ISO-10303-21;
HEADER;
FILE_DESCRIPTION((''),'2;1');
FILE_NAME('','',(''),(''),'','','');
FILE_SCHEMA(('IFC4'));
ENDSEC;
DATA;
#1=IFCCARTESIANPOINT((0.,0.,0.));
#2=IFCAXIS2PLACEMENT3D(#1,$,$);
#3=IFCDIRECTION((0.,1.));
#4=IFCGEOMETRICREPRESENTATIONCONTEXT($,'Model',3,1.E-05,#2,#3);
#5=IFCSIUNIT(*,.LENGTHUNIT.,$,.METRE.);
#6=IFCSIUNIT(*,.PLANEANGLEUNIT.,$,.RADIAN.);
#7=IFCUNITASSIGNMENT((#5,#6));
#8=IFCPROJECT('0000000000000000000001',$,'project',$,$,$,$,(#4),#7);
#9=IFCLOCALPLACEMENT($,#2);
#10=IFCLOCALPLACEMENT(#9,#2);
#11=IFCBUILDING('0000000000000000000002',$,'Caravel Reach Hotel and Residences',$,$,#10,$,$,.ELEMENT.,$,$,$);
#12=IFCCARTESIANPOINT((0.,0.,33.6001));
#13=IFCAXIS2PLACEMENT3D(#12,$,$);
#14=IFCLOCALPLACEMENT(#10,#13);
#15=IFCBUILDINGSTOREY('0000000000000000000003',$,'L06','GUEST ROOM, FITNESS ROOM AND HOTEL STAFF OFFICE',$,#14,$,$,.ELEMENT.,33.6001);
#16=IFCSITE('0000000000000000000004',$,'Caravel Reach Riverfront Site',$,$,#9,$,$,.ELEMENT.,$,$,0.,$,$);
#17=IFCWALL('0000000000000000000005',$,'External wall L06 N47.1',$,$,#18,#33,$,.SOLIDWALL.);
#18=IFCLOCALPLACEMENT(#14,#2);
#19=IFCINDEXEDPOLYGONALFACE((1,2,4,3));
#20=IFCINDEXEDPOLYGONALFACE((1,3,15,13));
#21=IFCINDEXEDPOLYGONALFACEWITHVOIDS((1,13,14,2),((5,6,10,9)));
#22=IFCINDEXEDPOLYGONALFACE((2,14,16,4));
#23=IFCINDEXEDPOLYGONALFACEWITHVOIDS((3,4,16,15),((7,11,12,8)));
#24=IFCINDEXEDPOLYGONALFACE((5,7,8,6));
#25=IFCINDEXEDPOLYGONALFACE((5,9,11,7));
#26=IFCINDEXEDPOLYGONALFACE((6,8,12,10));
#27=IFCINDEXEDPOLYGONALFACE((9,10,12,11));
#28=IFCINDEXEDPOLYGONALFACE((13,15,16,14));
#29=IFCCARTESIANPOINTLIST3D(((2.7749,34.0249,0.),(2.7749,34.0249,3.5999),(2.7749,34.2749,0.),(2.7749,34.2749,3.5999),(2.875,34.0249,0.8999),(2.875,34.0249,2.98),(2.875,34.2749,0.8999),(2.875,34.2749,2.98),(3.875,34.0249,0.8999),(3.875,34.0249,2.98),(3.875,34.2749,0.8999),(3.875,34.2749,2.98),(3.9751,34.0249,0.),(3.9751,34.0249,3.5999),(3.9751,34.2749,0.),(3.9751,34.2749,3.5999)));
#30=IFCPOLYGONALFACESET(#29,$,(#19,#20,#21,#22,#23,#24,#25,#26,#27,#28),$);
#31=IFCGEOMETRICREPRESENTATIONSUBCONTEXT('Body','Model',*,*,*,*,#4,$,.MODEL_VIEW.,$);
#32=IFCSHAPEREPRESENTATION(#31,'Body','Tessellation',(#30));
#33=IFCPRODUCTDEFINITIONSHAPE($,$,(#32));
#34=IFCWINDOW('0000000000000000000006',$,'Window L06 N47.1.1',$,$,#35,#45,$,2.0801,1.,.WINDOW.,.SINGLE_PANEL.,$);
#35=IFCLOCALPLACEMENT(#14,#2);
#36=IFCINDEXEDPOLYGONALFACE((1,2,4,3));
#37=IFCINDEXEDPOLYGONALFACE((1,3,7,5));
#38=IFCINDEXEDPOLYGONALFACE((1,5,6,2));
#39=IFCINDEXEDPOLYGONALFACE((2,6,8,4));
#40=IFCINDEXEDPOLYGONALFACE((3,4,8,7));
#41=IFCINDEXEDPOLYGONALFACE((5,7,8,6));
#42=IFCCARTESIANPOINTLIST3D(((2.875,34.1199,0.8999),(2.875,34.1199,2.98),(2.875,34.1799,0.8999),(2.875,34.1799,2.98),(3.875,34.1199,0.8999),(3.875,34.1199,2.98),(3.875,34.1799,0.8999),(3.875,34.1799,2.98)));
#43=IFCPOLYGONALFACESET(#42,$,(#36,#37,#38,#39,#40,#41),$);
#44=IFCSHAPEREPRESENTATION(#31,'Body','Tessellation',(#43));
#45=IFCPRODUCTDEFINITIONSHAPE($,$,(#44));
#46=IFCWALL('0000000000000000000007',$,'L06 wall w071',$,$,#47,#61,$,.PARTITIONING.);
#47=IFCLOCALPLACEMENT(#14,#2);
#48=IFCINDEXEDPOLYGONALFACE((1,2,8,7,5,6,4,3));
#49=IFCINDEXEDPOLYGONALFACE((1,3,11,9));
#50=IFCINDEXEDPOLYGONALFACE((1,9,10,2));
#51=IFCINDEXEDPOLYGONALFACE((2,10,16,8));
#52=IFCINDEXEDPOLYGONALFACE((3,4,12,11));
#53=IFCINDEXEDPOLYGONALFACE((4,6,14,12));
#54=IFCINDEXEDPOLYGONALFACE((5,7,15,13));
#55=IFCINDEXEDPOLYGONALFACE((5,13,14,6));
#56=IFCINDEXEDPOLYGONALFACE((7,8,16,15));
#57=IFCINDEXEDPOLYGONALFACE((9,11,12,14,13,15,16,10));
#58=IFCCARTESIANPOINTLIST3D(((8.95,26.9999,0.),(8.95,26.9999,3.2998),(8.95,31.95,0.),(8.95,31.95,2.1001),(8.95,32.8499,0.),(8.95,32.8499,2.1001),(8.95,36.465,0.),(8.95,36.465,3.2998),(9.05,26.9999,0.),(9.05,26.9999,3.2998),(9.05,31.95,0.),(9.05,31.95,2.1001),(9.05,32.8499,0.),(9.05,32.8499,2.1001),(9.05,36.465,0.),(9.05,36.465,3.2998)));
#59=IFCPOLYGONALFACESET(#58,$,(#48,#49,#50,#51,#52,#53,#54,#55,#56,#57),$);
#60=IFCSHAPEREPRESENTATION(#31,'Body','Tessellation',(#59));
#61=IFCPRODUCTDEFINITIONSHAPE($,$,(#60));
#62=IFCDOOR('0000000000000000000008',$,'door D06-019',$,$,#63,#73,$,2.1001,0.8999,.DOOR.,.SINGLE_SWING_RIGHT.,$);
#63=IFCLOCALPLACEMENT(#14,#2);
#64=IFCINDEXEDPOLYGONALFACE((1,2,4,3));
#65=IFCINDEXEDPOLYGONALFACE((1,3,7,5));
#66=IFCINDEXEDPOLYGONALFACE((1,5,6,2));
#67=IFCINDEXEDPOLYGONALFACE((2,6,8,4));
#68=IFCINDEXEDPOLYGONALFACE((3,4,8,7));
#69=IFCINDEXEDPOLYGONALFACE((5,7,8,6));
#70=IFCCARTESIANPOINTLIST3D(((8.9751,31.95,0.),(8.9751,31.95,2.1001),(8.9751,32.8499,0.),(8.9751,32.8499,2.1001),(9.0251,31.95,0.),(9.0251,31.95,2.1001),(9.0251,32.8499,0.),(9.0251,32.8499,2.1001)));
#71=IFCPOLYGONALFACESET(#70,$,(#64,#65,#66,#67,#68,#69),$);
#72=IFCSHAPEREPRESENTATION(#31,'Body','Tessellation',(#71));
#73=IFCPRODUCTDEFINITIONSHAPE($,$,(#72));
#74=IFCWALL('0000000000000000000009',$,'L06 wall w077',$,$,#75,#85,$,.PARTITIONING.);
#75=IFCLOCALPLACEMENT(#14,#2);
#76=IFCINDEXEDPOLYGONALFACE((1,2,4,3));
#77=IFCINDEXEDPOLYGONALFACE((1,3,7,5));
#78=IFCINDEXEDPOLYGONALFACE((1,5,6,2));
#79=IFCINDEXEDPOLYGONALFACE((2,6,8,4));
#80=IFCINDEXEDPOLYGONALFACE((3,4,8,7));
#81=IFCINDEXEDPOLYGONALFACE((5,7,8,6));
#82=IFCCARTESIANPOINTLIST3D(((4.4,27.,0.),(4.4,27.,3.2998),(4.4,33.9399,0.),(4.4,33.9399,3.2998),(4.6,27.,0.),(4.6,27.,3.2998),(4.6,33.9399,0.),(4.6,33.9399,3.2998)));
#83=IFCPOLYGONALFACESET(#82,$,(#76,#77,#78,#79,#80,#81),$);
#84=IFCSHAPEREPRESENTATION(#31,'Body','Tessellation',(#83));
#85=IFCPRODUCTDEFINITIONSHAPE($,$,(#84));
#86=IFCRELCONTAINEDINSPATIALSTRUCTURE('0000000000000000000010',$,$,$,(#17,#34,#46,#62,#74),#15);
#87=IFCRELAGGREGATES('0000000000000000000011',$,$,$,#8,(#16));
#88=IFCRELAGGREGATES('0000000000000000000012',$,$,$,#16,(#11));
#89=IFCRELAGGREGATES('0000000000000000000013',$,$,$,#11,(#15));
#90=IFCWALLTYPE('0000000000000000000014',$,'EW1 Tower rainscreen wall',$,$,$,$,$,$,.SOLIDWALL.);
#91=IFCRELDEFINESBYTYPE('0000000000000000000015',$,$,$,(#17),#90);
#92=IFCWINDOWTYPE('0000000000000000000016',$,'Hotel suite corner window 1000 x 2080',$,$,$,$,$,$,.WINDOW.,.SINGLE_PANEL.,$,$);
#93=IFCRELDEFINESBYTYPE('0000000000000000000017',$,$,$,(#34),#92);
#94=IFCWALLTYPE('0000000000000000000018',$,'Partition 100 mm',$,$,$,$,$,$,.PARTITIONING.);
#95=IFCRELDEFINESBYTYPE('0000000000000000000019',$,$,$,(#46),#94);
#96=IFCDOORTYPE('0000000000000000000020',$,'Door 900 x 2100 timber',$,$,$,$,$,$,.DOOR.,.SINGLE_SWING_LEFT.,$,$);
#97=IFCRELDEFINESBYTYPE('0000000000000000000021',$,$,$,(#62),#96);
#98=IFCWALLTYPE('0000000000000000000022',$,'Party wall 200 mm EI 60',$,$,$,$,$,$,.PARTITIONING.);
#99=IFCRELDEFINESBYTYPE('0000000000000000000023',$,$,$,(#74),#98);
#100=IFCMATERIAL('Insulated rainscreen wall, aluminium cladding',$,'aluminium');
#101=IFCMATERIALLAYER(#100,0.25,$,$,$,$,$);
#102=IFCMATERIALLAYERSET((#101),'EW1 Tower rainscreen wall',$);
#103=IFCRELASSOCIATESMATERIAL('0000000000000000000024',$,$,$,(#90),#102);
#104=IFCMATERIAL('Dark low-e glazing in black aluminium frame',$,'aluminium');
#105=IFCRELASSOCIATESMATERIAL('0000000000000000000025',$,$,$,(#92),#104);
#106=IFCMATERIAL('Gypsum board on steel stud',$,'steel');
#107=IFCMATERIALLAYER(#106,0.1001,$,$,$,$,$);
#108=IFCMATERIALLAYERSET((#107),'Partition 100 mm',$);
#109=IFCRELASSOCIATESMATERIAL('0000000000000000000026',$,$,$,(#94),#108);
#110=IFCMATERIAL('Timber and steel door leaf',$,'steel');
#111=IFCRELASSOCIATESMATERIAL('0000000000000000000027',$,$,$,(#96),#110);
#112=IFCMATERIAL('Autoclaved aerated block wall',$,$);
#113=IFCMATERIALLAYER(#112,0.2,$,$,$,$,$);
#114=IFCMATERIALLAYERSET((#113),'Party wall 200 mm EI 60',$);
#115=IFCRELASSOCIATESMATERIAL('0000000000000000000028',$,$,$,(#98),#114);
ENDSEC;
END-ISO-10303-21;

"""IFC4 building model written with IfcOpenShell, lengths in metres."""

from ifc_helpers import new_model, si_unit, direction, frame, frame_2d, origin, place, context, subcontext, project, spatial, rectangle, extrude, material, layer, layer_set, type_object, element, fill, save


model = new_model("IFC4")

# Units and contexts
model_context = context("Model", 3, precision=1e-05, world=origin(), true_north=direction((0.0, 1.0)))
body_context = subcontext(model_context, "Body", "Model", "MODEL_VIEW")
ifc_project = project(units=[si_unit("LENGTHUNIT", "METRE"), si_unit("PLANEANGLEUNIT", "RADIAN")], contexts=[model_context])

# Site, building, storey
site_placement = place(None, origin())
site = spatial("IfcSite", under=ifc_project, at=site_placement, Name="Caravel Reach Riverfront Site", CompositionType="ELEMENT", RefElevation=0.0)
building_placement = place(site_placement, origin())
building = spatial("IfcBuilding", under=site, at=building_placement, Name="Caravel Reach Hotel and Residences", CompositionType="ELEMENT")
storey_placement = place(building_placement, frame((0.0, 0.0, 33.6001)))
storey = spatial("IfcBuildingStorey", under=building, at=storey_placement, Name="L06", Description="GUEST ROOM, FITNESS ROOM AND HOTEL STAFF OFFICE", CompositionType="ELEMENT", Elevation=33.6001)

# Wall, opening, window
ifc_material_1 = material(Name="Insulated rainscreen wall, aluminium cladding", Category="aluminium")
ifc_layer_1 = layer(ifc_material_1, 0.25)
ifc_layer_set_1 = layer_set([ifc_layer_1], Name="EW1 Tower rainscreen wall")
wall_type_1 = type_object("IfcWallType", Name="EW1 Tower rainscreen wall", PredefinedType="SOLIDWALL", material=ifc_layer_set_1)
ifc_material_2 = material(Name="Dark low-e glazing in black aluminium frame", Category="aluminium")
window_type = type_object("IfcWindowType", Name="Hotel suite corner window 1000 x 2080", PartitioningType="SINGLE_PANEL", PredefinedType="WINDOW", material=ifc_material_2)
wall_1_placement = place(storey_placement, frame((3.9751, 34.1499, 0.0), z_axis=(0.0, 0.0, 1.0), x_axis=(-1.0, 0.0, 0.0)))
wall_1 = element("IfcWall", 1, at=wall_1_placement, inside=storey, type_object=wall_type_1, Name="External wall L06 N47.1", PredefinedType="SOLIDWALL", context=body_context, shape_type="SweptSolid", body=[
    extrude(rectangle(XDim=1.2002, YDim=0.25, at=frame_2d((0.6001, 0.0))), origin(), (0.0, 0.0, 1.0), 3.5999),
])
opening_1_placement = place(wall_1_placement, frame((0.1001, 0.0, 0.8999)))
opening_1 = element("IfcOpeningElement", 2, at=opening_1_placement, cuts=wall_1, PredefinedType="OPENING", context=body_context, shape_type="SweptSolid", body=[
    extrude(rectangle(XDim=1.0, YDim=2.0801, at=frame_2d((0.5, 1.04))), frame((0.0, 0.135, 0.0), z_axis=(0.0, -1.0, 0.0), x_axis=(1.0, 0.0, 0.0)), (0.0, 0.0, 1.0), 0.27),
])
window_1_placement = place(opening_1_placement, origin())
window_1 = element("IfcWindow", 3, at=window_1_placement, inside=storey, type_object=window_type, Name="Window L06 N47.1.1", OverallHeight=2.0801, OverallWidth=1.0, PartitioningType="SINGLE_PANEL", PredefinedType="WINDOW", context=body_context, shape_type="SweptSolid", body=[
    extrude(rectangle(XDim=1.0, YDim=2.0801, at=frame_2d((0.5, 1.04))), frame((0.0, 0.03, 0.0), z_axis=(0.0, -1.0, 0.0), x_axis=(1.0, 0.0, 0.0)), (0.0, 0.0, 1.0), 0.0601),
])
fill(opening_1, window_1)

# Wall, opening, door
ifc_material_3 = material(Name="Gypsum board on steel stud", Category="steel")
ifc_layer_2 = layer(ifc_material_3, 0.1001)
ifc_layer_set_2 = layer_set([ifc_layer_2], Name="Partition 100 mm")
wall_type_2 = type_object("IfcWallType", Name="Partition 100 mm", PredefinedType="PARTITIONING", material=ifc_layer_set_2)
wall_2_placement = place(storey_placement, frame((9.0, 27.0, 0.0), z_axis=(0.0, 0.0, 1.0), x_axis=(0.0, 1.0, 0.0)))
wall_2 = element("IfcWall", 4, at=wall_2_placement, inside=storey, type_object=wall_type_2, Name="L06 wall w071", PredefinedType="PARTITIONING", context=body_context, shape_type="SweptSolid", body=[
    extrude(rectangle(XDim=9.4651, YDim=0.1001, at=frame_2d((4.7324, 0.0))), origin(), (0.0, 0.0, 1.0), 3.2998),
])
opening_2_placement = place(wall_2_placement, frame((4.95, 0.0, 0.0)))
opening_2 = element("IfcOpeningElement", 5, at=opening_2_placement, cuts=wall_2, PredefinedType="OPENING", context=body_context, shape_type="SweptSolid", body=[
    extrude(rectangle(XDim=0.8999, YDim=2.1001, at=frame_2d((0.45, 1.05))), frame((0.0, 0.0601, 0.0), z_axis=(0.0, -1.0, 0.0), x_axis=(1.0, 0.0, 0.0)), (0.0, 0.0, 1.0), 0.1201),
])
ifc_material_4 = material(Name="Timber and steel door leaf", Category="steel")
door_type_1 = type_object("IfcDoorType", Name="Door 900 x 2100 timber", OperationType="SINGLE_SWING_LEFT", PredefinedType="DOOR", material=ifc_material_4)
door_1_placement = place(opening_2_placement, origin())
door_1 = element("IfcDoor", 6, at=door_1_placement, inside=storey, type_object=door_type_1, Name="door D06-019", OperationType="SINGLE_SWING_RIGHT", OverallHeight=2.1001, OverallWidth=0.8999, PredefinedType="DOOR", context=body_context, shape_type="SweptSolid", body=[
    extrude(rectangle(XDim=0.8999, YDim=2.1001, at=frame_2d((0.45, 1.05))), frame((0.0, 0.0249, 0.0), z_axis=(0.0, -1.0, 0.0), x_axis=(1.0, 0.0, 0.0)), (0.0, 0.0, 1.0), 0.05),
])
fill(opening_2, door_1)

# Wall
ifc_material_5 = material(Name="Autoclaved aerated block wall")
ifc_layer_3 = layer(ifc_material_5, 0.2)
ifc_layer_set_3 = layer_set([ifc_layer_3], Name="Party wall 200 mm EI 60")
wall_type_3 = type_object("IfcWallType", Name="Party wall 200 mm EI 60", PredefinedType="PARTITIONING", material=ifc_layer_set_3)
wall_3_placement = place(storey_placement, frame((4.5, 27.0, 0.0), z_axis=(0.0, 0.0, 1.0), x_axis=(0.0, 1.0, 0.0)))
element("IfcWall", 7, at=wall_3_placement, inside=storey, type_object=wall_type_3, Name="L06 wall w077", PredefinedType="PARTITIONING", context=body_context, shape_type="SweptSolid", body=[
    extrude(rectangle(XDim=6.9399, YDim=0.2, at=frame_2d((3.47, 0.0))), origin(), (0.0, 0.0, 1.0), 3.2998),
])

save(model, "model.ifc")
